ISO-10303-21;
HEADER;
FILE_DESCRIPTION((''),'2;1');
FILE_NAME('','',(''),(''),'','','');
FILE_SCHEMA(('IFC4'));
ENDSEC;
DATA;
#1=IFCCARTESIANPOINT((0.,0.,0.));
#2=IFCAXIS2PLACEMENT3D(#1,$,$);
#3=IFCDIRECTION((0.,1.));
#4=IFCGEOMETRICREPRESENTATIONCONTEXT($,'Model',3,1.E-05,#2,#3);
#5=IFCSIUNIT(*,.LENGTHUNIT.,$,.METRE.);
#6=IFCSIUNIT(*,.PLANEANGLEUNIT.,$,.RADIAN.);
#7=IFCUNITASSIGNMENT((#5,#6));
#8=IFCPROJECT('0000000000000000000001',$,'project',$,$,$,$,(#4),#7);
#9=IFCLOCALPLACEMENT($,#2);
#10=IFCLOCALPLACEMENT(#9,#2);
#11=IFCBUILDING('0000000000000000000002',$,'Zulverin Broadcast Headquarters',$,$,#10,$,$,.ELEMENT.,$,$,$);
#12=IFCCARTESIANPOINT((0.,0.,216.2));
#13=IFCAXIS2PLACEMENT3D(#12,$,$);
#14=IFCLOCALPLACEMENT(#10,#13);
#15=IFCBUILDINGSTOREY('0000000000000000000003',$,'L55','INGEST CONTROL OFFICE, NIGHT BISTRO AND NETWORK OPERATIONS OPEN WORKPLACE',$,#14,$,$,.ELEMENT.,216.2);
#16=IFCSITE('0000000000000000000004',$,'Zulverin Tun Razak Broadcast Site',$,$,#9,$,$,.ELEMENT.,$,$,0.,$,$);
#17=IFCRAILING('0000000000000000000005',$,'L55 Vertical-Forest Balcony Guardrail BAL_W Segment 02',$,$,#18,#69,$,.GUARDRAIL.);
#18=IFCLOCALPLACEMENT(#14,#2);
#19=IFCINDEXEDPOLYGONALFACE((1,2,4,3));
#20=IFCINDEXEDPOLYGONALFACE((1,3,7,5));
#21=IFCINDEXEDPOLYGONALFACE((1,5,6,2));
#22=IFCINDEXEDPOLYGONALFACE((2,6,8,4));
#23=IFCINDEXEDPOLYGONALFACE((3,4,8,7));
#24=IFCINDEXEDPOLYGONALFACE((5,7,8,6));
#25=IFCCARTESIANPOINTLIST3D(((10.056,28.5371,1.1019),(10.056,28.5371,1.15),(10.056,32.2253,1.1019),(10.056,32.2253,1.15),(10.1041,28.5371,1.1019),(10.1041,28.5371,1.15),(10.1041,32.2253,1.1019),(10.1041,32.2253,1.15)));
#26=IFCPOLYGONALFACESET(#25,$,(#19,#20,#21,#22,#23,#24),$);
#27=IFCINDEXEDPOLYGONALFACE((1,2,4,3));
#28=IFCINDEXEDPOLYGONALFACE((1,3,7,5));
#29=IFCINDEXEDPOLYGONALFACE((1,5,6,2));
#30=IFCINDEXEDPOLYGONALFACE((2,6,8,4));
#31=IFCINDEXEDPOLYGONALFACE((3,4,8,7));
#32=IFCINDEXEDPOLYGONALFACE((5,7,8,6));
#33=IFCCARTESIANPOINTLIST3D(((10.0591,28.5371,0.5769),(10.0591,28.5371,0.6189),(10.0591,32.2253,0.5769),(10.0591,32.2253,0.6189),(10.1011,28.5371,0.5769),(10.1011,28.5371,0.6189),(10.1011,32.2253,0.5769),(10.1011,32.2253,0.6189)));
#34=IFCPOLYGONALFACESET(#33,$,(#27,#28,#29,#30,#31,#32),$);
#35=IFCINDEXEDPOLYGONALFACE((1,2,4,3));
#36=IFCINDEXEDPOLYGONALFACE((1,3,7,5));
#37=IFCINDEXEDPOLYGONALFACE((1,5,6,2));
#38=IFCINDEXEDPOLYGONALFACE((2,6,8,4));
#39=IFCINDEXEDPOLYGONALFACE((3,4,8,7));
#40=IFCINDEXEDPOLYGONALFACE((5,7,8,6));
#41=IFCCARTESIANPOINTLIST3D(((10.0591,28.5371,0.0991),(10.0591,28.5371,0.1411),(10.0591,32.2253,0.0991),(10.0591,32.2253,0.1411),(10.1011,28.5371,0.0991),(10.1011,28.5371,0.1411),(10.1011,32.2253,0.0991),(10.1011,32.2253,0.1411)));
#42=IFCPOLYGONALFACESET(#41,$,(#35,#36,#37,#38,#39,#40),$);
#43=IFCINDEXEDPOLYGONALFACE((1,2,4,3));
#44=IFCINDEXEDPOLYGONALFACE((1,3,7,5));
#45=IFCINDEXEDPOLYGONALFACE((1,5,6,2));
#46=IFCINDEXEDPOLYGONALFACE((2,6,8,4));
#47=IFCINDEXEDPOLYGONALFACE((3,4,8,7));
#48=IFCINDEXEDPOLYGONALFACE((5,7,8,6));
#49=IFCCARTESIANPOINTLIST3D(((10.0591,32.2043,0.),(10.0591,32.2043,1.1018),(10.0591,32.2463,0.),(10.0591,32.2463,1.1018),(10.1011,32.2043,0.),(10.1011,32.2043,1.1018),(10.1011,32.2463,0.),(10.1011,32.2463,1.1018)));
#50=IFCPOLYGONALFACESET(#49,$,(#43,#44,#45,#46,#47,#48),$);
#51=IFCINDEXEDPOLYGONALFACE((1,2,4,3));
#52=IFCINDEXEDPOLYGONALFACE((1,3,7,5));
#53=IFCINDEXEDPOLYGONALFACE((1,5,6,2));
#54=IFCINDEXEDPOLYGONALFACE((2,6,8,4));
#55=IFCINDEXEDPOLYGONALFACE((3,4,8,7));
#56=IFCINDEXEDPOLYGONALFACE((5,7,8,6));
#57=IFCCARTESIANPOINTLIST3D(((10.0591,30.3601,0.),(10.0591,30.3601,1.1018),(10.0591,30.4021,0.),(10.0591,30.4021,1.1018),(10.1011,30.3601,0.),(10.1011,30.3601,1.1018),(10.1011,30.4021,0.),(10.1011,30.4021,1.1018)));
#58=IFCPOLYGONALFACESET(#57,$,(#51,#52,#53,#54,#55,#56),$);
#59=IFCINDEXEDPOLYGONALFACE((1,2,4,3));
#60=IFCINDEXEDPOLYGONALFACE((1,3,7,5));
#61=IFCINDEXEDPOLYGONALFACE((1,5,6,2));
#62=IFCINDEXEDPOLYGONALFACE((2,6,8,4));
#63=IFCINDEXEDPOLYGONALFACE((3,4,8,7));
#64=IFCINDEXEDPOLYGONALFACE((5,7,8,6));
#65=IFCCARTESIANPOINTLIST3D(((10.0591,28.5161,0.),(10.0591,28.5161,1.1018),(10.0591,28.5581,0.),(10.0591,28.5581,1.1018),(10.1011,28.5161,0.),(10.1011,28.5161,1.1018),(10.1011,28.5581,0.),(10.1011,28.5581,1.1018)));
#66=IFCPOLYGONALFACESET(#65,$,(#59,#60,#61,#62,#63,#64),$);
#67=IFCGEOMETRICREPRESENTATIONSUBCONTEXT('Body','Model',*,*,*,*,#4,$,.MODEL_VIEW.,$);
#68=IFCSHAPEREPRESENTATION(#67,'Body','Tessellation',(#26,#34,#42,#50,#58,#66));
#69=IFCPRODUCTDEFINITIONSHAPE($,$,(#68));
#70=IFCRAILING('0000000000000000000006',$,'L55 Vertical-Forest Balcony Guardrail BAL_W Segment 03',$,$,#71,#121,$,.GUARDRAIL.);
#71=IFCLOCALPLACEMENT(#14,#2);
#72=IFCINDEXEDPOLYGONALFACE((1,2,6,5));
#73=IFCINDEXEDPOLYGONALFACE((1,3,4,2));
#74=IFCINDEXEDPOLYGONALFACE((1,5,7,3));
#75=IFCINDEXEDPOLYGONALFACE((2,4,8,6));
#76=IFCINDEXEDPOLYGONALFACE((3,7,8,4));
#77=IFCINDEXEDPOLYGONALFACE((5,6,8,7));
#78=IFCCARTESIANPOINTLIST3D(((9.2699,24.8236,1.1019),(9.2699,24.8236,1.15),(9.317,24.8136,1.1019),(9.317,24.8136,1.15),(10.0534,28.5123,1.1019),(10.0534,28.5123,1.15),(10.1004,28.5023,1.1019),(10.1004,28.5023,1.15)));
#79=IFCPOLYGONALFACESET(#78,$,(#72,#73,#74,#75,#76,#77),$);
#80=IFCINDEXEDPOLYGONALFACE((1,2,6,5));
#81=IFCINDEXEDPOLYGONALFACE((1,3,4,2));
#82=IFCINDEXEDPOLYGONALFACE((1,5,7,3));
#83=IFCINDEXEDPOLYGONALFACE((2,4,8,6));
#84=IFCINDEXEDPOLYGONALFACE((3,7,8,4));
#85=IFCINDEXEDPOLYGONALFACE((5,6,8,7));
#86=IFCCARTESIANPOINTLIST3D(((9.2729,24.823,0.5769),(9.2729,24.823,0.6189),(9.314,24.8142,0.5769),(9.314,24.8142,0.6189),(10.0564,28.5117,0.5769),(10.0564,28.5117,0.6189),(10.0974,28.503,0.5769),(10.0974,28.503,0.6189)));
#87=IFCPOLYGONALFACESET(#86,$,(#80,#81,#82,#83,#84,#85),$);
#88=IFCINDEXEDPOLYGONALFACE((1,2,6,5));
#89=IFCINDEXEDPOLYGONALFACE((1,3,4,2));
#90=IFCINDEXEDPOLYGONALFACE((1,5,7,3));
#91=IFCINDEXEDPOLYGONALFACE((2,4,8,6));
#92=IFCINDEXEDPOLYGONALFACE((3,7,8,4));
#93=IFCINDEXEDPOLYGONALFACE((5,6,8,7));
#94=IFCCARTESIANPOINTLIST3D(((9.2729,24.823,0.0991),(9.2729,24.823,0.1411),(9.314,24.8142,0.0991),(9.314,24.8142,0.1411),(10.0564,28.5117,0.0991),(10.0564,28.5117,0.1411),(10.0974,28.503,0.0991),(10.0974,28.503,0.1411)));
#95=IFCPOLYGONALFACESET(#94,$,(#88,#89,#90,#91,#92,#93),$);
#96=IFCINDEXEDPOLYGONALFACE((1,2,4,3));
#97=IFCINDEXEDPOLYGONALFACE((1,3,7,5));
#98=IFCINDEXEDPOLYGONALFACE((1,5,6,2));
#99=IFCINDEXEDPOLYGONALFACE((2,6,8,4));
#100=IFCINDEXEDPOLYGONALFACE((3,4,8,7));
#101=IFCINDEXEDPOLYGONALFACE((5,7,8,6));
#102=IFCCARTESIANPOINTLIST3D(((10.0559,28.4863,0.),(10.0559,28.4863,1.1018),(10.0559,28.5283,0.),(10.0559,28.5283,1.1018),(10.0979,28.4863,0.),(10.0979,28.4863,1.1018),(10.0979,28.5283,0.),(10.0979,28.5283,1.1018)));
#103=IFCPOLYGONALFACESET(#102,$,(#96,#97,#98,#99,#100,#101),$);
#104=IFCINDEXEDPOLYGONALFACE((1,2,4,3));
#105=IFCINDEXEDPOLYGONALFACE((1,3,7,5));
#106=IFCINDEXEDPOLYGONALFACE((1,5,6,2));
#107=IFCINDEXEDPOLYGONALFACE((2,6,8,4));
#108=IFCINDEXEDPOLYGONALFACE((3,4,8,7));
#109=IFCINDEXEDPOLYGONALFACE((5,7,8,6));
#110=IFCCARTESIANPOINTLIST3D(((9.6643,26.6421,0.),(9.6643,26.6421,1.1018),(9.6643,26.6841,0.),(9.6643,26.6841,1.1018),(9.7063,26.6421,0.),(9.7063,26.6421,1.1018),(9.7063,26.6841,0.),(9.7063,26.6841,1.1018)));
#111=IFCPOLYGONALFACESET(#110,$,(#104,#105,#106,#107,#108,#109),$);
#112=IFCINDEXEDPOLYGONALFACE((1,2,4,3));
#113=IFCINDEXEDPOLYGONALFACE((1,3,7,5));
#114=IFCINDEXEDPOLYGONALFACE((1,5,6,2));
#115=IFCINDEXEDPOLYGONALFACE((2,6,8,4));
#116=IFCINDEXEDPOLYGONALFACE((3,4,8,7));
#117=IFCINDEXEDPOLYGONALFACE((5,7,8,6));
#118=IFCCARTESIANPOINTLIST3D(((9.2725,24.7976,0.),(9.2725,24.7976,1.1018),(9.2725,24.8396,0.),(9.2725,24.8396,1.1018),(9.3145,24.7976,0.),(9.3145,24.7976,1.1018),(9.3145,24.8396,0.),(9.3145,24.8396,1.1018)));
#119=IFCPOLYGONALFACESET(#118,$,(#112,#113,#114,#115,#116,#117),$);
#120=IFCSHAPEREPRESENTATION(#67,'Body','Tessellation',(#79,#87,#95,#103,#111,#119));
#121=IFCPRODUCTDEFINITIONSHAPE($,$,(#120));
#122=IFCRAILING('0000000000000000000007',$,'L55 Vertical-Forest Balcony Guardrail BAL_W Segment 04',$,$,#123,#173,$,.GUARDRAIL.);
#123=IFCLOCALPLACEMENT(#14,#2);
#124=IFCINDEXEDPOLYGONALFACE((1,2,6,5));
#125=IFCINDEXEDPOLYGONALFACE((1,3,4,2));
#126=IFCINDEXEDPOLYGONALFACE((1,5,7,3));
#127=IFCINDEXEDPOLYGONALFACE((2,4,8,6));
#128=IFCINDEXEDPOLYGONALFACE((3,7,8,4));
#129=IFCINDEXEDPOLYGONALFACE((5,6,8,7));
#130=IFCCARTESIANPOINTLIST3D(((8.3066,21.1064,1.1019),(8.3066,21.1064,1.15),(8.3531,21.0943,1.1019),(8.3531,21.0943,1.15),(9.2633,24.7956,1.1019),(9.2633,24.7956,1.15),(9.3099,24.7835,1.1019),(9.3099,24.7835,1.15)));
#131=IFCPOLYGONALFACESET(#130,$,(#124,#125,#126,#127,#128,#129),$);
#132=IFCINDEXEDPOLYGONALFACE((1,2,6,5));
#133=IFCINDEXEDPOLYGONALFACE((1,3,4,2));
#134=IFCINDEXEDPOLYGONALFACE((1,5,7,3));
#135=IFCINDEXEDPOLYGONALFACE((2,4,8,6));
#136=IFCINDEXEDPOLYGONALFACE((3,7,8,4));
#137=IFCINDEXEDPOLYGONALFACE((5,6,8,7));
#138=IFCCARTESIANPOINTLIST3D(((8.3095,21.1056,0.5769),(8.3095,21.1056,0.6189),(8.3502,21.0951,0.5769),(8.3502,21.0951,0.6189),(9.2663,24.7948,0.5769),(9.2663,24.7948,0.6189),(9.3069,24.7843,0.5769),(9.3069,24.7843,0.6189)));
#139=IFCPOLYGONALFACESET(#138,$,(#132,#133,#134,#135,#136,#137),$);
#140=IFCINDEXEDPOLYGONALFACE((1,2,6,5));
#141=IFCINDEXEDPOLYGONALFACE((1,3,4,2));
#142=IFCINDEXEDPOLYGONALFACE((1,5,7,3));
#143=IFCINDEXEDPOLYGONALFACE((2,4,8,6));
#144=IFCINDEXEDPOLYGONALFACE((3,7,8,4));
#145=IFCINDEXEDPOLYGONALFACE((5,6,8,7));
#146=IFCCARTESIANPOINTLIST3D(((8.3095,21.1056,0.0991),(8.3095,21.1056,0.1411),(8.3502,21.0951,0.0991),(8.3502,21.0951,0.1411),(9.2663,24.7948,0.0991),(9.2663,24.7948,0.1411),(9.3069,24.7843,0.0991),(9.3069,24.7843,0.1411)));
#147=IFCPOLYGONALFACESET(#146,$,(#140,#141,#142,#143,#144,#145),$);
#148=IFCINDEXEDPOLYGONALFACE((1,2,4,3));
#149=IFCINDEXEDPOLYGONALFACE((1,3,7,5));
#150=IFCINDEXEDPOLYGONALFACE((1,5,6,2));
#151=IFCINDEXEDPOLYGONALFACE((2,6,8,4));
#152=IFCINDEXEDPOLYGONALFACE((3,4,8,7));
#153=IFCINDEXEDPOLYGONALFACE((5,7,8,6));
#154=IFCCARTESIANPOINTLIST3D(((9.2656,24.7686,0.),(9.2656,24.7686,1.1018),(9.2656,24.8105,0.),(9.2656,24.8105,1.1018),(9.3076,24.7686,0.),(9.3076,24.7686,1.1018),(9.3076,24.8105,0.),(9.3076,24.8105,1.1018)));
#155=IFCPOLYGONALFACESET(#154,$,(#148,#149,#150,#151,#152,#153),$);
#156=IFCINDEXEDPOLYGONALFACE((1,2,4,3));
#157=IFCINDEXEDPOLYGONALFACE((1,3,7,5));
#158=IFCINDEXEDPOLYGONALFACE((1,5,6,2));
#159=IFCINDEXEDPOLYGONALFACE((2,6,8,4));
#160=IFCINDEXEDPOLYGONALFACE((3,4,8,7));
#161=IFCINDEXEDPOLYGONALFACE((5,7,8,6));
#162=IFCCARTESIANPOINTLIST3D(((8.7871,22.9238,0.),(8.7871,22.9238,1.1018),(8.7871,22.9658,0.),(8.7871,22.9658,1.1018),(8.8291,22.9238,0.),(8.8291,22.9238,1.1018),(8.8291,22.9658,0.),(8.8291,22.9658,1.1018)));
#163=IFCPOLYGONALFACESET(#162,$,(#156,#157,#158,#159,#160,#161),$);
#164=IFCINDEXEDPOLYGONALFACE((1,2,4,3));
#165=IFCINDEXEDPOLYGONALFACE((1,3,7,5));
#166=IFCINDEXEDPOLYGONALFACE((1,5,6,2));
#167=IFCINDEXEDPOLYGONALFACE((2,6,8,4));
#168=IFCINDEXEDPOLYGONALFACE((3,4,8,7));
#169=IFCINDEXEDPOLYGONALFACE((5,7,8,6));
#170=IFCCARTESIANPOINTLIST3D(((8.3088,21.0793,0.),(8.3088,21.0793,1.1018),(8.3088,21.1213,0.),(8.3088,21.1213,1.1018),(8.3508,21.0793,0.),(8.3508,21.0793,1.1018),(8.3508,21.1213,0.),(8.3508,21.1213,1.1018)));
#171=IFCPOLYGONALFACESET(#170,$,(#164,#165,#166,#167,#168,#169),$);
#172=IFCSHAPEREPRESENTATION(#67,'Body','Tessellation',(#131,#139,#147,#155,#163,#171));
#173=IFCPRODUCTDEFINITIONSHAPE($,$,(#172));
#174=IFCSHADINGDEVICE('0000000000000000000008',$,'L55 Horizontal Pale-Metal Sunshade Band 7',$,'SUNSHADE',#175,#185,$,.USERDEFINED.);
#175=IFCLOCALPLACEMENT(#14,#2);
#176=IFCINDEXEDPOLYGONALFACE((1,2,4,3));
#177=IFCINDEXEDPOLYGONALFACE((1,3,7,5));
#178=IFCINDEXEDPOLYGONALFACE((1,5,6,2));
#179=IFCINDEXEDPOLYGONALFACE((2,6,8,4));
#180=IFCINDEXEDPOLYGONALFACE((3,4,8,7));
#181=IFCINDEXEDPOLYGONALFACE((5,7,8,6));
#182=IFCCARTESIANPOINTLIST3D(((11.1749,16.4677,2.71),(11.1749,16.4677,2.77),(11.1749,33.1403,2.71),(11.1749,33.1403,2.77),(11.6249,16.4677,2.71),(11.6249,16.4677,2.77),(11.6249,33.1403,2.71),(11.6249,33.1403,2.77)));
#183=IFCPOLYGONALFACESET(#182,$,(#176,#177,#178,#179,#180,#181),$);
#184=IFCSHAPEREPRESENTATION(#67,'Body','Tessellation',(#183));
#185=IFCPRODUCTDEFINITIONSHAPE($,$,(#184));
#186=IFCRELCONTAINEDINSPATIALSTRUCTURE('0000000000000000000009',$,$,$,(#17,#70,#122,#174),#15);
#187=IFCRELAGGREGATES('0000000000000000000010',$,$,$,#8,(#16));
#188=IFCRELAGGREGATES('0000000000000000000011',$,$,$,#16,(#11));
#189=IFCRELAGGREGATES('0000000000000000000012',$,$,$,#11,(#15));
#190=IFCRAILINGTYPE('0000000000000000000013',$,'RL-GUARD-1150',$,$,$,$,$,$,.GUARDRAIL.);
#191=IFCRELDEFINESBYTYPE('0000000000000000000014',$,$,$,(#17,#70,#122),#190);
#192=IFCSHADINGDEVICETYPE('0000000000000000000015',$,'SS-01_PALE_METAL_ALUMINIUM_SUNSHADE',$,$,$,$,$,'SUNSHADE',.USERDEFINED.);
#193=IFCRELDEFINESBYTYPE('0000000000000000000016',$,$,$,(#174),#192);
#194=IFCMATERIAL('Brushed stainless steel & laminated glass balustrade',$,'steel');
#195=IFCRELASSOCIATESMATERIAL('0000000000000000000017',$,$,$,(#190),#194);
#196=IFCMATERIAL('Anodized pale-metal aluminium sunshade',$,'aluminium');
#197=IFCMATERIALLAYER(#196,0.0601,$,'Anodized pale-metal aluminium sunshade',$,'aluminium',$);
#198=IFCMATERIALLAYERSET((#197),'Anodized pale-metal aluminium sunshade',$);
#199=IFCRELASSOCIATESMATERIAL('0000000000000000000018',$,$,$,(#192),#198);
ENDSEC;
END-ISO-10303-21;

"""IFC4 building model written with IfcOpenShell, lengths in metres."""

from ifc_helpers import new_model, si_unit, direction, frame, origin, origin_2d, place, context, subcontext, project, spatial, rectangle, extrude, material, layer, layer_set, type_object, element, save


model = new_model("IFC4")

# Units and contexts
model_context = context("Model", 3, precision=1e-05, world=origin(), true_north=direction((0.0, 1.0)))
body_context = subcontext(model_context, "Body", "Model", "MODEL_VIEW")
ifc_project = project(units=[si_unit("LENGTHUNIT", "METRE"), si_unit("PLANEANGLEUNIT", "RADIAN")], contexts=[model_context])

# Site, building, storey
site_placement = place(None, origin())
site = spatial("IfcSite", under=ifc_project, at=site_placement, Name="Zulverin Tun Razak Broadcast Site", CompositionType="ELEMENT", RefElevation=0.0)
building_placement = place(site_placement, origin())
building = spatial("IfcBuilding", under=site, at=building_placement, Name="Zulverin Broadcast Headquarters", CompositionType="ELEMENT")
storey_placement = place(building_placement, frame((0.0, 0.0, 216.2)))
storey = spatial("IfcBuildingStorey", under=building, at=storey_placement, Name="L55", Description="INGEST CONTROL OFFICE, NIGHT BISTRO AND NETWORK OPERATIONS OPEN WORKPLACE", CompositionType="ELEMENT", Elevation=216.2)

# Railings
ifc_material_1 = material(Name="Brushed stainless steel & laminated glass balustrade", Category="steel")
railing_type = type_object("IfcRailingType", Name="RL-GUARD-1150", PredefinedType="GUARDRAIL", material=ifc_material_1)
railing_1_placement = place(storey_placement, frame((10.0801, 32.2253, 0.0)))
element("IfcRailing", 1, at=railing_1_placement, inside=storey, type_object=railing_type, Name="L55 Vertical-Forest Balcony Guardrail BAL_W Segment 02", PredefinedType="GUARDRAIL", context=body_context, shape_type="SweptSolid", body=[
    extrude(rectangle(XDim=0.0481, YDim=0.0481, at=origin_2d()), frame((0.0, 0.0, 1.126), z_axis=(0.0, -1.0, 0.0), x_axis=(1.0, 0.0, 0.0)), (0.0, 0.0, 1.0), 3.6882),
    extrude(rectangle(XDim=0.042, YDim=0.042, at=origin_2d()), frame((0.0, 0.0, 0.5979), z_axis=(0.0, -1.0, 0.0), x_axis=(1.0, 0.0, 0.0)), (0.0, 0.0, 1.0), 3.6882),
    extrude(rectangle(XDim=0.042, YDim=0.042, at=origin_2d()), frame((0.0, 0.0, 0.1201), z_axis=(0.0, -1.0, 0.0), x_axis=(1.0, 0.0, 0.0)), (0.0, 0.0, 1.0), 3.6882),
    extrude(rectangle(XDim=0.042, YDim=0.042, at=origin_2d()), origin(), (0.0, 0.0, 1.0), 1.1018),
    extrude(rectangle(XDim=0.042, YDim=0.042, at=origin_2d()), frame((0.0, -1.8442, 0.0)), (0.0, 0.0, 1.0), 1.1018),
    extrude(rectangle(XDim=0.042, YDim=0.042, at=origin_2d()), frame((0.0, -3.6882, 0.0)), (0.0, 0.0, 1.0), 1.1018),
])
railing_2_placement = place(storey_placement, frame((10.0769, 28.5073, 0.0)))
element("IfcRailing", 2, at=railing_2_placement, inside=storey, type_object=railing_type, Name="L55 Vertical-Forest Balcony Guardrail BAL_W Segment 03", PredefinedType="GUARDRAIL", context=body_context, shape_type="SweptSolid", body=[
    extrude(rectangle(XDim=0.0481, YDim=0.0481, at=origin_2d()), frame((0.0, 0.0, 1.126), z_axis=(-0.207756, -0.978181, 0.0), x_axis=(0.978181, -0.207756, 0.0)), (0.0, 0.0, 1.0), 3.771),
    extrude(rectangle(XDim=0.042, YDim=0.042, at=origin_2d()), frame((0.0, 0.0, 0.5979), z_axis=(-0.207756, -0.978181, 0.0), x_axis=(0.978181, -0.207756, 0.0)), (0.0, 0.0, 1.0), 3.771),
    extrude(rectangle(XDim=0.042, YDim=0.042, at=origin_2d()), frame((0.0, 0.0, 0.1201), z_axis=(-0.207756, -0.978181, 0.0), x_axis=(0.978181, -0.207756, 0.0)), (0.0, 0.0, 1.0), 3.771),
    extrude(rectangle(XDim=0.042, YDim=0.042, at=origin_2d()), origin(), (0.0, 0.0, 1.0), 1.1018),
    extrude(rectangle(XDim=0.042, YDim=0.042, at=origin_2d()), frame((-0.3916, -1.8442, 0.0)), (0.0, 0.0, 1.0), 1.1018),
    extrude(rectangle(XDim=0.042, YDim=0.042, at=origin_2d()), frame((-0.7834, -3.6887, 0.0)), (0.0, 0.0, 1.0), 1.1018),
])
railing_3_placement = place(storey_placement, frame((9.2866, 24.7896, 0.0)))
element("IfcRailing", 3, at=railing_3_placement, inside=storey, type_object=railing_type, Name="L55 Vertical-Forest Balcony Guardrail BAL_W Segment 04", PredefinedType="GUARDRAIL", context=body_context, shape_type="SweptSolid", body=[
    extrude(rectangle(XDim=0.0481, YDim=0.0481, at=origin_2d()), frame((0.0, 0.0, 1.126), z_axis=(-0.251042, -0.967976, 0.0), x_axis=(0.967976, -0.251042, 0.0)), (0.0, 0.0, 1.0), 3.8113),
    extrude(rectangle(XDim=0.042, YDim=0.042, at=origin_2d()), frame((0.0, 0.0, 0.5979), z_axis=(-0.251042, -0.967976, 0.0), x_axis=(0.967976, -0.251042, 0.0)), (0.0, 0.0, 1.0), 3.8113),
    extrude(rectangle(XDim=0.042, YDim=0.042, at=origin_2d()), frame((0.0, 0.0, 0.1201), z_axis=(-0.251042, -0.967976, 0.0), x_axis=(0.967976, -0.251042, 0.0)), (0.0, 0.0, 1.0), 3.8113),
    extrude(rectangle(XDim=0.042, YDim=0.042, at=origin_2d()), origin(), (0.0, 0.0, 1.0), 1.1018),
    extrude(rectangle(XDim=0.042, YDim=0.042, at=origin_2d()), frame((-0.4785, -1.8447, 0.0)), (0.0, 0.0, 1.0), 1.1018),
    extrude(rectangle(XDim=0.042, YDim=0.042, at=origin_2d()), frame((-0.9568, -3.6892, 0.0)), (0.0, 0.0, 1.0), 1.1018),
])

# Shading device
ifc_material_2 = material(Name="Anodized pale-metal aluminium sunshade", Category="aluminium")
ifc_layer_1 = layer(ifc_material_2, 0.0601, Name="Anodized pale-metal aluminium sunshade", Category="aluminium")
ifc_layer_set_1 = layer_set([ifc_layer_1], Name="Anodized pale-metal aluminium sunshade")
shading_device_type = type_object("IfcShadingDeviceType", Name="SS-01_PALE_METAL_ALUMINIUM_SUNSHADE", ElementType="SUNSHADE", PredefinedType="USERDEFINED", material=ifc_layer_set_1)
shading_device_placement = place(storey_placement, frame((11.3999, 24.804, 2.71), z_axis=(0.0, 0.0, 1.0), x_axis=(0.0, -1.0, 0.0)))
element("IfcShadingDevice", 4, at=shading_device_placement, inside=storey, type_object=shading_device_type, Name="L55 Horizontal Pale-Metal Sunshade Band 7", ObjectType="SUNSHADE", PredefinedType="USERDEFINED", context=body_context, shape_type="SweptSolid", body=[
    extrude(rectangle(XDim=16.6726, YDim=0.45, at=origin_2d()), origin(), (0.0, 0.0, 1.0), 0.0601),
])

save(model, "model.ifc")
